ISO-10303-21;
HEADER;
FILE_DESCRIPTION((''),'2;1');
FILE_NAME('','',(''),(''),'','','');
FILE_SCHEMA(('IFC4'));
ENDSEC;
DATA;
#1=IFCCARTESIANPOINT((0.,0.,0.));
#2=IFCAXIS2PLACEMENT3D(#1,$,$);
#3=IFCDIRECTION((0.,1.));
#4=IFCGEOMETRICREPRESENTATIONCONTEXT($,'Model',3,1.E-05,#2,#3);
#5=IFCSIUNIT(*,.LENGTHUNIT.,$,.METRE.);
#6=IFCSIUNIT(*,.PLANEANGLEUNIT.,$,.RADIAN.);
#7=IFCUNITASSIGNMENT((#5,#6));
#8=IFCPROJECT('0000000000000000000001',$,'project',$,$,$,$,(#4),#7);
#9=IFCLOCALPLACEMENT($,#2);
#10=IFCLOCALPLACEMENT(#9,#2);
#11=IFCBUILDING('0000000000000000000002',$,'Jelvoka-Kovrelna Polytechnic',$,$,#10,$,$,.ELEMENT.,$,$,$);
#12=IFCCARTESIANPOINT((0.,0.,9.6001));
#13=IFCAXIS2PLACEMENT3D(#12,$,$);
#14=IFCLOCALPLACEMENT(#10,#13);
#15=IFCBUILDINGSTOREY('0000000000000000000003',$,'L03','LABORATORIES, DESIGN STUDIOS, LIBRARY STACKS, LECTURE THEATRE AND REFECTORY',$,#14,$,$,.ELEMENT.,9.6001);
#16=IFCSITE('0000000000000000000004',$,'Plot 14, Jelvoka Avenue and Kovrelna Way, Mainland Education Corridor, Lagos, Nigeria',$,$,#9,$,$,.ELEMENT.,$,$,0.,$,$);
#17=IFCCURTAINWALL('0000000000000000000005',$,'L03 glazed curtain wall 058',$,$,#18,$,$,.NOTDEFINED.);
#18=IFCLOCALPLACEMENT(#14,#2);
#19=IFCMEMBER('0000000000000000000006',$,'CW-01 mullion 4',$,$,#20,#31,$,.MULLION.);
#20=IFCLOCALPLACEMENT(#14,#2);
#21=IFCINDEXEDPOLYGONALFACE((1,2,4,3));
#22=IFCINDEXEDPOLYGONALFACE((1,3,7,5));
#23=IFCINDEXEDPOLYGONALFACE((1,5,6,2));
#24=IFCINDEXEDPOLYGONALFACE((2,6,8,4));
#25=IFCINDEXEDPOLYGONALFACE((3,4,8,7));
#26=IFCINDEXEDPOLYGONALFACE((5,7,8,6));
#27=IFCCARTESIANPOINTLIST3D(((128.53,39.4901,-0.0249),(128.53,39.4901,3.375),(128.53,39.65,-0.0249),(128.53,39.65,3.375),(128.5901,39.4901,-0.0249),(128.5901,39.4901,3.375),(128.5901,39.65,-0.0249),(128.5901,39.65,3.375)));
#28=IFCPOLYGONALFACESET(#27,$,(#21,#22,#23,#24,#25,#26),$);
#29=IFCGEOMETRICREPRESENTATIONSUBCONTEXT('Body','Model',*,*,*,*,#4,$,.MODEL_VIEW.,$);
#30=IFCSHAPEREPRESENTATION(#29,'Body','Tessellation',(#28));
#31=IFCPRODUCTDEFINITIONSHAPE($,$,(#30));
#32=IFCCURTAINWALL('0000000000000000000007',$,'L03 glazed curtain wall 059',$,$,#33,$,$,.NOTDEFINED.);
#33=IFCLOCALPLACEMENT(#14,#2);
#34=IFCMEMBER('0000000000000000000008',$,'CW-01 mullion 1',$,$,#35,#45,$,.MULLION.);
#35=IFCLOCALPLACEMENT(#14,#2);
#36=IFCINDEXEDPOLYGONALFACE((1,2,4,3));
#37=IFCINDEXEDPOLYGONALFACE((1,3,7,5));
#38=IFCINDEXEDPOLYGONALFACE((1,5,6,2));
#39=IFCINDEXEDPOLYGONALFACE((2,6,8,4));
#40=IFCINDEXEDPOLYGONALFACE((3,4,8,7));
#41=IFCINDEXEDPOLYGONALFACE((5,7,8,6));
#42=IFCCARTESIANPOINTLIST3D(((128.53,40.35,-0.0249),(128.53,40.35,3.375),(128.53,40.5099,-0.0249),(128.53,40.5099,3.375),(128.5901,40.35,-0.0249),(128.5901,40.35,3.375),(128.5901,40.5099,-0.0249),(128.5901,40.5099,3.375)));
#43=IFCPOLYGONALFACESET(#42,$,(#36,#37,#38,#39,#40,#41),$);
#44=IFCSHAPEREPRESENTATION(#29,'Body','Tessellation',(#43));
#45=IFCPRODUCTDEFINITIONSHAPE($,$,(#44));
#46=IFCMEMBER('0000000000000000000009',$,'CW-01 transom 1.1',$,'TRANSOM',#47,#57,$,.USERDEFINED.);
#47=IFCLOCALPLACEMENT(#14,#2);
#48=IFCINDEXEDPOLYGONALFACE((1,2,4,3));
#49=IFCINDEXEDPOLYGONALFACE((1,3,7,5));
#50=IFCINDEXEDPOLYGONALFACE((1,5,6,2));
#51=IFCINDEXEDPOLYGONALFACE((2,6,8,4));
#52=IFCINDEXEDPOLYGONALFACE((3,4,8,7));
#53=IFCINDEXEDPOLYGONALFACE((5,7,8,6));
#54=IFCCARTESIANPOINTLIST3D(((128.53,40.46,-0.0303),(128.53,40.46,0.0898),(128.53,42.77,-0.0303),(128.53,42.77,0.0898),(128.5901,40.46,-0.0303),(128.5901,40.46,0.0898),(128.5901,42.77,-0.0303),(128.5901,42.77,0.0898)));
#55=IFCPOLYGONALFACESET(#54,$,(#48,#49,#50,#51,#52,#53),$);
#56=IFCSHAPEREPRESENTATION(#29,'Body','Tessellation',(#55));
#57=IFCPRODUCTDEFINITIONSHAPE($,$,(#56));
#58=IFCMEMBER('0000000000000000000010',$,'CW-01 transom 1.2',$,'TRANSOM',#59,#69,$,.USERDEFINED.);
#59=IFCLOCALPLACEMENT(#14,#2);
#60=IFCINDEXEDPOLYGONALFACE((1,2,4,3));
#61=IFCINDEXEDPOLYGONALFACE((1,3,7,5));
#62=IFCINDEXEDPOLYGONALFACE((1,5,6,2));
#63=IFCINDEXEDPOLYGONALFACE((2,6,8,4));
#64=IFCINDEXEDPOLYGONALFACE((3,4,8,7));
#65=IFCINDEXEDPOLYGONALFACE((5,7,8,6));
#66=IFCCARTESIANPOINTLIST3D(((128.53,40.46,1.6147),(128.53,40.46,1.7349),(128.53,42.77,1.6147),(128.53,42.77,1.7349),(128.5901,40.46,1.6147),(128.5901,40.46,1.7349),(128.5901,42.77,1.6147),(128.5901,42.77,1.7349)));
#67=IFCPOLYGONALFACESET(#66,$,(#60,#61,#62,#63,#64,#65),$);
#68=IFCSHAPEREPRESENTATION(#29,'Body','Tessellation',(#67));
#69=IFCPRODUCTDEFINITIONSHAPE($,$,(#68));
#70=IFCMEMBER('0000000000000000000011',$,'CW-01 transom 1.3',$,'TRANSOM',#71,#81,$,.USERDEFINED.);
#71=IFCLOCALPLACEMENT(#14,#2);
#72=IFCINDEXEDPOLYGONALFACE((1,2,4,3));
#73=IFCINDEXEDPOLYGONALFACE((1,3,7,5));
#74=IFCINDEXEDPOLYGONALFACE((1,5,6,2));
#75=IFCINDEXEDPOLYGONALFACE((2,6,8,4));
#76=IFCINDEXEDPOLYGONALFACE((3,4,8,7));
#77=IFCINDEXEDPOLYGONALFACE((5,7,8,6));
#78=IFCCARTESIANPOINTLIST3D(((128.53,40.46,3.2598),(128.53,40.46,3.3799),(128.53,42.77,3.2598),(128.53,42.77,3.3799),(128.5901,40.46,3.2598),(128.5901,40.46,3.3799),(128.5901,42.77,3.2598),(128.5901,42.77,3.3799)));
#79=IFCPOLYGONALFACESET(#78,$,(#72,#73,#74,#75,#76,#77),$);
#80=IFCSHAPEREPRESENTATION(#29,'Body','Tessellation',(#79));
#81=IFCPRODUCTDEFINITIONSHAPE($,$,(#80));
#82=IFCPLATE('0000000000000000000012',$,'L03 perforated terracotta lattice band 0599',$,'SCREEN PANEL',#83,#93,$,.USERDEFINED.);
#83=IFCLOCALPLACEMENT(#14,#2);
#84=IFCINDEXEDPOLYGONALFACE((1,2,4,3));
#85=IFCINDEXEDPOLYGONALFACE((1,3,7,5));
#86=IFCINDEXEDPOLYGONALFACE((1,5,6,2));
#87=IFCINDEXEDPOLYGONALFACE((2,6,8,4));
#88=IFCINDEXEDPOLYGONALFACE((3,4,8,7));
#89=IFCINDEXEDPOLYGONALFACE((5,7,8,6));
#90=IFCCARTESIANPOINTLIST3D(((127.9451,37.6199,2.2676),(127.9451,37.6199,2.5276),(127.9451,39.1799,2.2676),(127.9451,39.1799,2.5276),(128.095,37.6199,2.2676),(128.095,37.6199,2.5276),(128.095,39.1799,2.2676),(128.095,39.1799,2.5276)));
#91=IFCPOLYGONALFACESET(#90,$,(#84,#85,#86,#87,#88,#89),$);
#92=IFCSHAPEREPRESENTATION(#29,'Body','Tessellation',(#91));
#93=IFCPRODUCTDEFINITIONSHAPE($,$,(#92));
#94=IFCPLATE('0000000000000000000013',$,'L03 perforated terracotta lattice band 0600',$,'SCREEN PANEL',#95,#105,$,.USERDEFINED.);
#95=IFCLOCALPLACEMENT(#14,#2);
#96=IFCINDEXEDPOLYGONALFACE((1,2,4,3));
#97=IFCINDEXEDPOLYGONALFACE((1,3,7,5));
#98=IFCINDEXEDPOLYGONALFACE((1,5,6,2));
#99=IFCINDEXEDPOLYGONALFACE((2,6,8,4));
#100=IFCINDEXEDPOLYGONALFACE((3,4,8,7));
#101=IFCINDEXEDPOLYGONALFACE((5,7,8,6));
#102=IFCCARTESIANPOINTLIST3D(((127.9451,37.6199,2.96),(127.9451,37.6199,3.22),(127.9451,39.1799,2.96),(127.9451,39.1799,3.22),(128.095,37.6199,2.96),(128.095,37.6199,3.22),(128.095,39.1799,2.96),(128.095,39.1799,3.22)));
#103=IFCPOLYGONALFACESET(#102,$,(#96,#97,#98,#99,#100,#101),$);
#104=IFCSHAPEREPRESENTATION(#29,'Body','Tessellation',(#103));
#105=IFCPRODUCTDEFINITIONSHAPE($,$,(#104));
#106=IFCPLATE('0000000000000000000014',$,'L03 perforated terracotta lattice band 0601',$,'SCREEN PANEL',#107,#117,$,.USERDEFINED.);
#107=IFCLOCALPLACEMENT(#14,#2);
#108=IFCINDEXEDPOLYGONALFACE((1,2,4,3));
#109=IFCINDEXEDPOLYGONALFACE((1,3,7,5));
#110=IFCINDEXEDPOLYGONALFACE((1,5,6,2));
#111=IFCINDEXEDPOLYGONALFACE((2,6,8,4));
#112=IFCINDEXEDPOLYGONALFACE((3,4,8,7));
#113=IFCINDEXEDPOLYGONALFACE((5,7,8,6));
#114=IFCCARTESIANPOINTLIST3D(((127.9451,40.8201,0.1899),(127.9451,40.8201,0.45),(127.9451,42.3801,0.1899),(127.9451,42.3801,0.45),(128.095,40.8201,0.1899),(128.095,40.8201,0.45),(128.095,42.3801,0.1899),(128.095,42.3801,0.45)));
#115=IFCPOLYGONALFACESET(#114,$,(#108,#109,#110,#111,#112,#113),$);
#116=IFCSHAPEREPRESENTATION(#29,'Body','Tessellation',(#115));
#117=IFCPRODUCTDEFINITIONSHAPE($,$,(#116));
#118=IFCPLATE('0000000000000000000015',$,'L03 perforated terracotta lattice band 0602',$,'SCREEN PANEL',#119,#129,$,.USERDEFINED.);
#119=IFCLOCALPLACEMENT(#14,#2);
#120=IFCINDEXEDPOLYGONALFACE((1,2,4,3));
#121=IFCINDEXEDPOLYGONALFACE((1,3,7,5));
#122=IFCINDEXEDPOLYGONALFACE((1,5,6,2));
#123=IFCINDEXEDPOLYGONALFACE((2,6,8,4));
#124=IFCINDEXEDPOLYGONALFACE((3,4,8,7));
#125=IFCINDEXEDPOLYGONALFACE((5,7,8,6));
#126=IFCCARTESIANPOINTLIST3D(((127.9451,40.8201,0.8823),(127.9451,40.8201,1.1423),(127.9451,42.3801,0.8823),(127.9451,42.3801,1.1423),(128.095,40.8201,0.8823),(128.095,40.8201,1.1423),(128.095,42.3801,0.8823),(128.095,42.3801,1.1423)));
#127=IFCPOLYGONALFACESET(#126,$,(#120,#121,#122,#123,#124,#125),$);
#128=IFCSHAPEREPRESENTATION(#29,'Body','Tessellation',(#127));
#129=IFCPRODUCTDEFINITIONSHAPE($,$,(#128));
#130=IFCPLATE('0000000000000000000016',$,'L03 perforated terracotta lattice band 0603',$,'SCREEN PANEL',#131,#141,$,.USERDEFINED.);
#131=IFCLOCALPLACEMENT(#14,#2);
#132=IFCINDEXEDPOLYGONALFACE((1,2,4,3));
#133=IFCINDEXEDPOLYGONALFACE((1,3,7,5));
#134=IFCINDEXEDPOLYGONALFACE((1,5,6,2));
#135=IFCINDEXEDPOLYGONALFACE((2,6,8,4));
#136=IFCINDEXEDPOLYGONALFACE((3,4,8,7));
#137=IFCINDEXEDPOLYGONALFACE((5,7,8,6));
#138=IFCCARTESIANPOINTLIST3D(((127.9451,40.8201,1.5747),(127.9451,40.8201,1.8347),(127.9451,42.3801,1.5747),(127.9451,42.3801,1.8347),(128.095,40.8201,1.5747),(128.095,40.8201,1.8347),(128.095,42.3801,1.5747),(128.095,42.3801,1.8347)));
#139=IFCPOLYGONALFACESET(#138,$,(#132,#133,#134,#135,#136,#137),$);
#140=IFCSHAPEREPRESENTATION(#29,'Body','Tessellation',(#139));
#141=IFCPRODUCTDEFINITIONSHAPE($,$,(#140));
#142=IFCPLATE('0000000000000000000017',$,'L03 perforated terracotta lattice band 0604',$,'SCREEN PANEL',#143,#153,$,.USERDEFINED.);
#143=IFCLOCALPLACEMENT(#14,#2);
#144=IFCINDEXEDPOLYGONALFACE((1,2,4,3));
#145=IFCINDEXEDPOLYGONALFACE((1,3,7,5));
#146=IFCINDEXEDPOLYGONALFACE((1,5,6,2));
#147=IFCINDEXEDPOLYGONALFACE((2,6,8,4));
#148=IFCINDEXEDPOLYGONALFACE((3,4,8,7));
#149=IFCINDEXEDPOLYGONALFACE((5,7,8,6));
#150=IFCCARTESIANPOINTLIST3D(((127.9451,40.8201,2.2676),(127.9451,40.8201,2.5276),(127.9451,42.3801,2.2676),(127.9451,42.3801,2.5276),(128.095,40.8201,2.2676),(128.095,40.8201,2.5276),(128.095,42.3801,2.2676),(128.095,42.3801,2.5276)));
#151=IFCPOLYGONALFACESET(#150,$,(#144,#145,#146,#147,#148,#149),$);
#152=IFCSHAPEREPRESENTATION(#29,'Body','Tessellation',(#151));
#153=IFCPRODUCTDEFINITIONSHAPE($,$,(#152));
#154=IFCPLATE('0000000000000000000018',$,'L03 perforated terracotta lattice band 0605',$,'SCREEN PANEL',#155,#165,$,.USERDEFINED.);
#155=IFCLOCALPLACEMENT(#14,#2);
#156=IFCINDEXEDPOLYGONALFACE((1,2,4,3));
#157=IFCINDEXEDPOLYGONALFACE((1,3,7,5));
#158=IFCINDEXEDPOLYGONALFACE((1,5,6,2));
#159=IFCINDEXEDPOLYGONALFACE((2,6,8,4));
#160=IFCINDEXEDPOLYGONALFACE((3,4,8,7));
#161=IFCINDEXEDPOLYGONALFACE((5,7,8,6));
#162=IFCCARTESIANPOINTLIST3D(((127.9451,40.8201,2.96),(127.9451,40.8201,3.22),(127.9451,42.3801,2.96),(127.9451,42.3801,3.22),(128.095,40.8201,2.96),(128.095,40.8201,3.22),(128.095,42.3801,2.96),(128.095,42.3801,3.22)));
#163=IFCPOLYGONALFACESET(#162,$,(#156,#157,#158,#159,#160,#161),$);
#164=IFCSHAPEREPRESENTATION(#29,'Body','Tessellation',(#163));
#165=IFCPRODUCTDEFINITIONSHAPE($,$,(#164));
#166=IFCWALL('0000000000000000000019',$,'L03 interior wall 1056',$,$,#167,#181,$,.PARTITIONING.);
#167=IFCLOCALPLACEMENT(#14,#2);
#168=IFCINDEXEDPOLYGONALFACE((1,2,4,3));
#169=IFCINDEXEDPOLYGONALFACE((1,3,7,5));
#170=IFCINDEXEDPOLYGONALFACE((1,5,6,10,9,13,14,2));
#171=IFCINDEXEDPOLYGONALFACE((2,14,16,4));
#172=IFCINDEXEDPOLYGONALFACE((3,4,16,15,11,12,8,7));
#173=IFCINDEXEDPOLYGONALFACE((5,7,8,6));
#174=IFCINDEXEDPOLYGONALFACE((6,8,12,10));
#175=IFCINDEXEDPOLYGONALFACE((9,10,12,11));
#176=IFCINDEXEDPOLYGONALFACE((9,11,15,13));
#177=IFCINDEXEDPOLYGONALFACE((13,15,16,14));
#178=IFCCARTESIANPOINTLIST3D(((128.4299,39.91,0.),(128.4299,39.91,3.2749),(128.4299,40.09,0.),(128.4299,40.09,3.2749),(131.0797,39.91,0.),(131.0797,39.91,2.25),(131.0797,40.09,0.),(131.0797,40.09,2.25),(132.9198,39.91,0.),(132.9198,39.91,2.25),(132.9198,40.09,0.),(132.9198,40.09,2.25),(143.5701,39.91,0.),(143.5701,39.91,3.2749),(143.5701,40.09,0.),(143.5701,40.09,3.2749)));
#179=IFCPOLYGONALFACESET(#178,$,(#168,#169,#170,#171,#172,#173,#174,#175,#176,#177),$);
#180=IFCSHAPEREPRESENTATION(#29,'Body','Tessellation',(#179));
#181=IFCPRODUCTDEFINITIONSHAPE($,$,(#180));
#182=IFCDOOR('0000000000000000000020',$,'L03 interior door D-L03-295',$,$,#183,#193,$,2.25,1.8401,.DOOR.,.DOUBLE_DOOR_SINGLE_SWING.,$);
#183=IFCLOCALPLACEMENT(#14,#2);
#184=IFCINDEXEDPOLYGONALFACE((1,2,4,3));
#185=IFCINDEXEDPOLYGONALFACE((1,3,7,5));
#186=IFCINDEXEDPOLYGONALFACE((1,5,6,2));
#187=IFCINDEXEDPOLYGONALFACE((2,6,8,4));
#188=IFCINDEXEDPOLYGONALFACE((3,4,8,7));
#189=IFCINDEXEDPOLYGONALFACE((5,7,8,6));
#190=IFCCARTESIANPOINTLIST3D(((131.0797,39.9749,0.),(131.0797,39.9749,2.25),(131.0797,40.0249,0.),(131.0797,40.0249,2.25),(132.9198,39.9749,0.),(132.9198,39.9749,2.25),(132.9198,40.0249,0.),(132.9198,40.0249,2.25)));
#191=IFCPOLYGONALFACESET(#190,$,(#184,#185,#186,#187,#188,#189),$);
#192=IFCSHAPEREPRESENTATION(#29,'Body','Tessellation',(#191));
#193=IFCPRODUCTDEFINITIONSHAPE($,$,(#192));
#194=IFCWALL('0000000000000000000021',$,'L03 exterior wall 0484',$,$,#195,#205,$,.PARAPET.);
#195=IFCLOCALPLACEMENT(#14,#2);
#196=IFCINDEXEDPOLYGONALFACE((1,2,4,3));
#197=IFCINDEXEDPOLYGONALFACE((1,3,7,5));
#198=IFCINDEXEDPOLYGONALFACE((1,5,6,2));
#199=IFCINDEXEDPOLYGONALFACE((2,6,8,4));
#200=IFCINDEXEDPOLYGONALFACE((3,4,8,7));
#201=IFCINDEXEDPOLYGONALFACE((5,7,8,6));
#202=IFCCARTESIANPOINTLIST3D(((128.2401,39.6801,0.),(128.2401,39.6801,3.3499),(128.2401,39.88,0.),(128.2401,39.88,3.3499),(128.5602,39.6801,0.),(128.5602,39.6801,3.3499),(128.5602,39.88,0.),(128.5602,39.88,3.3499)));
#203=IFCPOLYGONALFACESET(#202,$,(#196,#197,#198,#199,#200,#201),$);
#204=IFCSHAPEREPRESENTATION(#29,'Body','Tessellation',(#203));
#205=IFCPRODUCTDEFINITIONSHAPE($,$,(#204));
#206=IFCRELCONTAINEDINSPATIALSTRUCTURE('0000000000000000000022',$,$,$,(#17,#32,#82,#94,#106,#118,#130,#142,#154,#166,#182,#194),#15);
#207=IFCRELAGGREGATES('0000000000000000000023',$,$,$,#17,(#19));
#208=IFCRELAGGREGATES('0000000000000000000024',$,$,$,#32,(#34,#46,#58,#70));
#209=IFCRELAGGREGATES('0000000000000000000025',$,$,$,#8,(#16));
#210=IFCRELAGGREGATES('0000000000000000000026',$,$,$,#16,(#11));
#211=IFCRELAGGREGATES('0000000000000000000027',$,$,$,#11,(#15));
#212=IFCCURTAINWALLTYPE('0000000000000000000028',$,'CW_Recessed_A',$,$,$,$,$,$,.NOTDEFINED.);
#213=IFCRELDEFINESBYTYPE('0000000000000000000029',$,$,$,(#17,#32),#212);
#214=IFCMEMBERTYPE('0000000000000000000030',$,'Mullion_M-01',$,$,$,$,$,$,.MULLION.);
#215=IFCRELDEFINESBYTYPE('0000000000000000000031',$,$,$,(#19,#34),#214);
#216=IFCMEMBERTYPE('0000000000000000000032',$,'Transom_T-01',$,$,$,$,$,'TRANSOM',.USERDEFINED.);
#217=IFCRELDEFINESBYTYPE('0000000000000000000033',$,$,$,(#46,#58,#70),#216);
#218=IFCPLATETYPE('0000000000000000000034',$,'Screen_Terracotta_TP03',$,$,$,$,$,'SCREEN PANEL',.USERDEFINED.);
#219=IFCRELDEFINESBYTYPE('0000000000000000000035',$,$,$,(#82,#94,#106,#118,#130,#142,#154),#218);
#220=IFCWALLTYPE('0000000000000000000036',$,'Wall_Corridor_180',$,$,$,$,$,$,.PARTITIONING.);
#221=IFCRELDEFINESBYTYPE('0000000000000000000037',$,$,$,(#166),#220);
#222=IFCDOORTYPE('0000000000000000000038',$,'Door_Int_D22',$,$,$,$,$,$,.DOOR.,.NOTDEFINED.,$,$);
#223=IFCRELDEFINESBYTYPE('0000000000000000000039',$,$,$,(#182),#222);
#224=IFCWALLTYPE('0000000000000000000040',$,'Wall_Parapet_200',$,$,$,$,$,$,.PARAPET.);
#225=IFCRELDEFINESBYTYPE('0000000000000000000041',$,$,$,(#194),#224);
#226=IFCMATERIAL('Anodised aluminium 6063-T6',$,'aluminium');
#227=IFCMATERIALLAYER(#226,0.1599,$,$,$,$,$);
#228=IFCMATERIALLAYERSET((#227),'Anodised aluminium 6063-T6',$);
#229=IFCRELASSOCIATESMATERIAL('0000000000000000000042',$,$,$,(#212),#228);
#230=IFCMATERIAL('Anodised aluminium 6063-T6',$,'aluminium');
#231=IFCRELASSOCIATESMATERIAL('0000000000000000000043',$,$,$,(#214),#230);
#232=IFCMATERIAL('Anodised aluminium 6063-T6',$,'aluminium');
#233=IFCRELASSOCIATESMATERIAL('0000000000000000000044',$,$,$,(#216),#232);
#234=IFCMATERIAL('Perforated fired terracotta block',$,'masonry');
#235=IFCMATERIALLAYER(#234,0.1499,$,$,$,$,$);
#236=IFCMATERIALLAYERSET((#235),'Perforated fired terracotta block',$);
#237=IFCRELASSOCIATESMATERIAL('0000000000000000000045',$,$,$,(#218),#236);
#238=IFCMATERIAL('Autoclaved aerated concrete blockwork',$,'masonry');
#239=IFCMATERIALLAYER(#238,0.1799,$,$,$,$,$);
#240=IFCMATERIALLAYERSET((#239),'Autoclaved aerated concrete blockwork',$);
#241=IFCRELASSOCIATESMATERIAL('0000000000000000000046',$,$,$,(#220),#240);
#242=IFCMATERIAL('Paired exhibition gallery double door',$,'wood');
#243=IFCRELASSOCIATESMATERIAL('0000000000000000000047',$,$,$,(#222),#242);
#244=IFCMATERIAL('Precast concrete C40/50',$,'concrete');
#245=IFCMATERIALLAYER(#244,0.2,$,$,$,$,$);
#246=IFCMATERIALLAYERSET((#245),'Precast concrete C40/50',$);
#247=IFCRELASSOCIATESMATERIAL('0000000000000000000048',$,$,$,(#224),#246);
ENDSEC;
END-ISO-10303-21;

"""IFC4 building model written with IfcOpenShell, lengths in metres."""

from ifc_helpers import new_model, si_unit, direction, frame, frame_2d, origin, origin_2d, place, context, subcontext, project, spatial, rectangle, extrude, material, layer, layer_set, material_profile, profile_set, type_object, element, fill, aggregate, save


model = new_model("IFC4")

# Units and contexts
model_context = context("Model", 3, precision=1e-05, world=origin(), true_north=direction((0.0, 1.0)))
body_context = subcontext(model_context, "Body", "Model", "MODEL_VIEW")
ifc_project = project(units=[si_unit("LENGTHUNIT", "METRE"), si_unit("PLANEANGLEUNIT", "RADIAN")], contexts=[model_context])

# Site, building, storey
site_placement = place(None, origin())
site = spatial("IfcSite", under=ifc_project, at=site_placement, Name="Plot 14, Jelvoka Avenue and Kovrelna Way, Mainland Education Corridor, Lagos, Nigeria", CompositionType="ELEMENT", RefElevation=0.0)
building_placement = place(site_placement, origin())
building = spatial("IfcBuilding", under=site, at=building_placement, Name="Jelvoka-Kovrelna Polytechnic", CompositionType="ELEMENT")
storey_placement = place(building_placement, frame((0.0, 0.0, 9.6001)))
storey = spatial("IfcBuildingStorey", under=building, at=storey_placement, Name="L03", Description="LABORATORIES, DESIGN STUDIOS, LIBRARY STACKS, LECTURE THEATRE AND REFECTORY", CompositionType="ELEMENT", Elevation=9.6001)

# Curtain wall, member
ifc_material_1 = material(Name="Anodised aluminium 6063-T6", Category="aluminium")
ifc_layer_1 = layer(ifc_material_1, 0.1599)
ifc_layer_set_1 = layer_set([ifc_layer_1], Name="Anodised aluminium 6063-T6")
curtain_wall_type = type_object("IfcCurtainWallType", Name="CW_Recessed_A", PredefinedType="NOTDEFINED", material=ifc_layer_set_1)
curtain_wall_1_placement = place(storey_placement, origin())
curtain_wall_1 = element("IfcCurtainWall", 1, at=curtain_wall_1_placement, inside=storey, type_object=curtain_wall_type, Name="L03 glazed curtain wall 058", PredefinedType="NOTDEFINED")
ifc_material_2 = material(Name="Anodised aluminium 6063-T6", Category="aluminium")
ifc_material_profile_1 = material_profile(ifc_material_2, rectangle(XDim=0.0601, YDim=0.1599, at=origin_2d()), Name="ALU 60x160")
ifc_profile_set_1 = profile_set([ifc_material_profile_1], Name="Anodised aluminium 6063-T6")
member_type_1 = type_object("IfcMemberType", Name="Mullion_M-01", PredefinedType="MULLION", material=ifc_profile_set_1)
member_1_placement = place(storey_placement, frame((128.5601, 39.5701, -0.0249), z_axis=(0.0, 0.0, 1.0), x_axis=(-1.0, 0.0, 0.0)))
member_1 = element("IfcMember", 2, at=member_1_placement, type_object=member_type_1, Name="CW-01 mullion 4", PredefinedType="MULLION", context=body_context, shape_type="SweptSolid", body=[
    extrude(rectangle(XDim=0.0601, YDim=0.1599, at=origin_2d()), origin(), (0.0, 0.0, 1.0), 3.3999),
])
aggregate(curtain_wall_1, [member_1])

# Curtain wall, members
curtain_wall_2_placement = place(storey_placement, origin())
curtain_wall_2 = element("IfcCurtainWall", 3, at=curtain_wall_2_placement, inside=storey, type_object=curtain_wall_type, Name="L03 glazed curtain wall 059", PredefinedType="NOTDEFINED")
member_2_placement = place(storey_placement, frame((128.5601, 40.4299, -0.0249), z_axis=(0.0, 0.0, 1.0), x_axis=(-1.0, 0.0, 0.0)))
member_2 = element("IfcMember", 4, at=member_2_placement, type_object=member_type_1, Name="CW-01 mullion 1", PredefinedType="MULLION", context=body_context, shape_type="SweptSolid", body=[
    extrude(rectangle(XDim=0.0601, YDim=0.1599, at=origin_2d()), origin(), (0.0, 0.0, 1.0), 3.3999),
])
ifc_material_3 = material(Name="Anodised aluminium 6063-T6", Category="aluminium")
ifc_material_profile_2 = material_profile(ifc_material_3, rectangle(XDim=0.0601, YDim=0.1201, at=origin_2d()), Name="ALU 60x120")
ifc_profile_set_2 = profile_set([ifc_material_profile_2], Name="Anodised aluminium 6063-T6")
member_type_2 = type_object("IfcMemberType", Name="Transom_T-01", ElementType="TRANSOM", PredefinedType="USERDEFINED", material=ifc_profile_set_2)
member_3_placement = place(storey_placement, frame((128.5601, 40.46, 0.0298), z_axis=(0.0, 1.0, 0.0), x_axis=(-1.0, 0.0, 0.0)))
member_3 = element("IfcMember", 5, at=member_3_placement, type_object=member_type_2, Name="CW-01 transom 1.1", ObjectType="TRANSOM", PredefinedType="USERDEFINED", context=body_context, shape_type="SweptSolid", body=[
    extrude(rectangle(XDim=0.0601, YDim=0.1201, at=origin_2d()), origin(), (0.0, 0.0, 1.0), 2.3101),
])
member_4_placement = place(storey_placement, frame((128.5601, 40.46, 1.6748), z_axis=(0.0, 1.0, 0.0), x_axis=(-1.0, 0.0, 0.0)))
member_4 = element("IfcMember", 6, at=member_4_placement, type_object=member_type_2, Name="CW-01 transom 1.2", ObjectType="TRANSOM", PredefinedType="USERDEFINED", context=body_context, shape_type="SweptSolid", body=[
    extrude(rectangle(XDim=0.0601, YDim=0.1201, at=origin_2d()), origin(), (0.0, 0.0, 1.0), 2.3101),
])
member_5_placement = place(storey_placement, frame((128.5601, 40.46, 3.3198), z_axis=(0.0, 1.0, 0.0), x_axis=(-1.0, 0.0, 0.0)))
member_5 = element("IfcMember", 7, at=member_5_placement, type_object=member_type_2, Name="CW-01 transom 1.3", ObjectType="TRANSOM", PredefinedType="USERDEFINED", context=body_context, shape_type="SweptSolid", body=[
    extrude(rectangle(XDim=0.0601, YDim=0.1201, at=origin_2d()), origin(), (0.0, 0.0, 1.0), 2.3101),
])
aggregate(curtain_wall_2, [member_2, member_3, member_4, member_5])

# Plates
ifc_material_4 = material(Name="Perforated fired terracotta block", Category="masonry")
ifc_layer_2 = layer(ifc_material_4, 0.1499)
ifc_layer_set_2 = layer_set([ifc_layer_2], Name="Perforated fired terracotta block")
plate_type = type_object("IfcPlateType", Name="Screen_Terracotta_TP03", ElementType="SCREEN PANEL", PredefinedType="USERDEFINED", material=ifc_layer_set_2)
for number, where, z_axis, x_axis, name in (
    (8, (128.02, 38.3999, 2.2676), (0.0, 0.0, 1.0), (0.0, 1.0, 0.0), "L03 perforated terracotta lattice band 0599"),
    (9, (128.02, 38.3999, 2.96), (0.0, 0.0, 1.0), (0.0, 1.0, 0.0), "L03 perforated terracotta lattice band 0600"),
    (10, (128.02, 41.6001, 0.1899), (0.0, 0.0, 1.0), (0.0, 1.0, 0.0), "L03 perforated terracotta lattice band 0601"),
    (11, (128.02, 41.6001, 0.8823), (0.0, 0.0, 1.0), (0.0, 1.0, 0.0), "L03 perforated terracotta lattice band 0602"),
    (12, (128.02, 41.6001, 1.5747), (0.0, 0.0, 1.0), (0.0, 1.0, 0.0), "L03 perforated terracotta lattice band 0603"),
    (13, (128.02, 41.6001, 2.2676), (0.0, 0.0, 1.0), (0.0, 1.0, 0.0), "L03 perforated terracotta lattice band 0604"),
    (14, (128.02, 41.6001, 2.96), (0.0, 0.0, 1.0), (0.0, 1.0, 0.0), "L03 perforated terracotta lattice band 0605"),
):
    element("IfcPlate", number, at=place(storey_placement, frame(where, z_axis=z_axis, x_axis=x_axis)), inside=storey, type_object=plate_type, Name=name, ObjectType="SCREEN PANEL", PredefinedType="USERDEFINED", context=body_context, shape_type="SweptSolid", body=[
        extrude(rectangle(XDim=1.5601, YDim=0.1499, at=origin_2d()), origin(), (0.0, 0.0, 1.0), 0.26),
    ])

# Wall, opening, door
ifc_material_5 = material(Name="Autoclaved aerated concrete blockwork", Category="masonry")
ifc_layer_3 = layer(ifc_material_5, 0.1799)
ifc_layer_set_3 = layer_set([ifc_layer_3], Name="Autoclaved aerated concrete blockwork")
wall_type_1 = type_object("IfcWallType", Name="Wall_Corridor_180", PredefinedType="PARTITIONING", material=ifc_layer_set_3)
wall_placement = place(storey_placement, frame((128.4299, 40.0, 0.0), z_axis=(0.0, 0.0, 1.0), x_axis=(1.0, 0.0, 0.0)))
wall = element("IfcWall", 15, at=wall_placement, inside=storey, type_object=wall_type_1, Name="L03 interior wall 1056", PredefinedType="PARTITIONING", context=body_context, shape_type="SweptSolid", body=[
    extrude(rectangle(XDim=15.1401, YDim=0.1799, at=frame_2d((7.5701, 0.0))), origin(), (0.0, 0.0, 1.0), 3.2749),
])
opening_placement = place(wall_placement, frame((2.6499, 0.0, 0.0)))
opening = element("IfcOpeningElement", 16, at=opening_placement, cuts=wall, PredefinedType="OPENING", context=body_context, shape_type="SweptSolid", body=[
    extrude(rectangle(XDim=1.8401, YDim=2.25, at=frame_2d((0.9199, 1.125))), frame((0.0, 0.0999, 0.0), z_axis=(0.0, -1.0, 0.0), x_axis=(1.0, 0.0, 0.0)), (0.0, 0.0, 1.0), 0.2),
])
ifc_material_6 = material(Name="Paired exhibition gallery double door", Category="wood")
door_type = type_object("IfcDoorType", Name="Door_Int_D22", OperationType="NOTDEFINED", PredefinedType="DOOR", material=ifc_material_6)
door_placement = place(opening_placement, origin())
door = element("IfcDoor", 17, at=door_placement, inside=storey, type_object=door_type, Name="L03 interior door D-L03-295", OperationType="DOUBLE_DOOR_SINGLE_SWING", OverallHeight=2.25, OverallWidth=1.8401, PredefinedType="DOOR", context=body_context, shape_type="SweptSolid", body=[
    extrude(rectangle(XDim=1.8401, YDim=2.25, at=frame_2d((0.9199, 1.125))), frame((0.0, 0.0249, 0.0), z_axis=(0.0, -1.0, 0.0), x_axis=(1.0, 0.0, 0.0)), (0.0, 0.0, 1.0), 0.05),
])
fill(opening, door)

# Wall
ifc_material_7 = material(Name="Precast concrete C40/50", Category="concrete")
ifc_layer_4 = layer(ifc_material_7, 0.2)
ifc_layer_set_4 = layer_set([ifc_layer_4], Name="Precast concrete C40/50")
wall_type_2 = type_object("IfcWallType", Name="Wall_Parapet_200", PredefinedType="PARAPET", material=ifc_layer_set_4)
for number, where, z_axis, x_axis, name in (
    (18, (128.24, 39.78, 0.0), (0.0, 0.0, 1.0), (1.0, 0.0, 0.0), "L03 exterior wall 0484"),
):
    element("IfcWall", number, at=place(storey_placement, frame(where, z_axis=z_axis, x_axis=x_axis)), inside=storey, type_object=wall_type_2, Name=name, PredefinedType="PARAPET", context=body_context, shape_type="SweptSolid", body=[
        extrude(rectangle(XDim=0.3201, YDim=0.2, at=frame_2d((0.1602, 0.0))), origin(), (0.0, 0.0, 1.0), 3.3499),
    ])

save(model, "model.ifc")
